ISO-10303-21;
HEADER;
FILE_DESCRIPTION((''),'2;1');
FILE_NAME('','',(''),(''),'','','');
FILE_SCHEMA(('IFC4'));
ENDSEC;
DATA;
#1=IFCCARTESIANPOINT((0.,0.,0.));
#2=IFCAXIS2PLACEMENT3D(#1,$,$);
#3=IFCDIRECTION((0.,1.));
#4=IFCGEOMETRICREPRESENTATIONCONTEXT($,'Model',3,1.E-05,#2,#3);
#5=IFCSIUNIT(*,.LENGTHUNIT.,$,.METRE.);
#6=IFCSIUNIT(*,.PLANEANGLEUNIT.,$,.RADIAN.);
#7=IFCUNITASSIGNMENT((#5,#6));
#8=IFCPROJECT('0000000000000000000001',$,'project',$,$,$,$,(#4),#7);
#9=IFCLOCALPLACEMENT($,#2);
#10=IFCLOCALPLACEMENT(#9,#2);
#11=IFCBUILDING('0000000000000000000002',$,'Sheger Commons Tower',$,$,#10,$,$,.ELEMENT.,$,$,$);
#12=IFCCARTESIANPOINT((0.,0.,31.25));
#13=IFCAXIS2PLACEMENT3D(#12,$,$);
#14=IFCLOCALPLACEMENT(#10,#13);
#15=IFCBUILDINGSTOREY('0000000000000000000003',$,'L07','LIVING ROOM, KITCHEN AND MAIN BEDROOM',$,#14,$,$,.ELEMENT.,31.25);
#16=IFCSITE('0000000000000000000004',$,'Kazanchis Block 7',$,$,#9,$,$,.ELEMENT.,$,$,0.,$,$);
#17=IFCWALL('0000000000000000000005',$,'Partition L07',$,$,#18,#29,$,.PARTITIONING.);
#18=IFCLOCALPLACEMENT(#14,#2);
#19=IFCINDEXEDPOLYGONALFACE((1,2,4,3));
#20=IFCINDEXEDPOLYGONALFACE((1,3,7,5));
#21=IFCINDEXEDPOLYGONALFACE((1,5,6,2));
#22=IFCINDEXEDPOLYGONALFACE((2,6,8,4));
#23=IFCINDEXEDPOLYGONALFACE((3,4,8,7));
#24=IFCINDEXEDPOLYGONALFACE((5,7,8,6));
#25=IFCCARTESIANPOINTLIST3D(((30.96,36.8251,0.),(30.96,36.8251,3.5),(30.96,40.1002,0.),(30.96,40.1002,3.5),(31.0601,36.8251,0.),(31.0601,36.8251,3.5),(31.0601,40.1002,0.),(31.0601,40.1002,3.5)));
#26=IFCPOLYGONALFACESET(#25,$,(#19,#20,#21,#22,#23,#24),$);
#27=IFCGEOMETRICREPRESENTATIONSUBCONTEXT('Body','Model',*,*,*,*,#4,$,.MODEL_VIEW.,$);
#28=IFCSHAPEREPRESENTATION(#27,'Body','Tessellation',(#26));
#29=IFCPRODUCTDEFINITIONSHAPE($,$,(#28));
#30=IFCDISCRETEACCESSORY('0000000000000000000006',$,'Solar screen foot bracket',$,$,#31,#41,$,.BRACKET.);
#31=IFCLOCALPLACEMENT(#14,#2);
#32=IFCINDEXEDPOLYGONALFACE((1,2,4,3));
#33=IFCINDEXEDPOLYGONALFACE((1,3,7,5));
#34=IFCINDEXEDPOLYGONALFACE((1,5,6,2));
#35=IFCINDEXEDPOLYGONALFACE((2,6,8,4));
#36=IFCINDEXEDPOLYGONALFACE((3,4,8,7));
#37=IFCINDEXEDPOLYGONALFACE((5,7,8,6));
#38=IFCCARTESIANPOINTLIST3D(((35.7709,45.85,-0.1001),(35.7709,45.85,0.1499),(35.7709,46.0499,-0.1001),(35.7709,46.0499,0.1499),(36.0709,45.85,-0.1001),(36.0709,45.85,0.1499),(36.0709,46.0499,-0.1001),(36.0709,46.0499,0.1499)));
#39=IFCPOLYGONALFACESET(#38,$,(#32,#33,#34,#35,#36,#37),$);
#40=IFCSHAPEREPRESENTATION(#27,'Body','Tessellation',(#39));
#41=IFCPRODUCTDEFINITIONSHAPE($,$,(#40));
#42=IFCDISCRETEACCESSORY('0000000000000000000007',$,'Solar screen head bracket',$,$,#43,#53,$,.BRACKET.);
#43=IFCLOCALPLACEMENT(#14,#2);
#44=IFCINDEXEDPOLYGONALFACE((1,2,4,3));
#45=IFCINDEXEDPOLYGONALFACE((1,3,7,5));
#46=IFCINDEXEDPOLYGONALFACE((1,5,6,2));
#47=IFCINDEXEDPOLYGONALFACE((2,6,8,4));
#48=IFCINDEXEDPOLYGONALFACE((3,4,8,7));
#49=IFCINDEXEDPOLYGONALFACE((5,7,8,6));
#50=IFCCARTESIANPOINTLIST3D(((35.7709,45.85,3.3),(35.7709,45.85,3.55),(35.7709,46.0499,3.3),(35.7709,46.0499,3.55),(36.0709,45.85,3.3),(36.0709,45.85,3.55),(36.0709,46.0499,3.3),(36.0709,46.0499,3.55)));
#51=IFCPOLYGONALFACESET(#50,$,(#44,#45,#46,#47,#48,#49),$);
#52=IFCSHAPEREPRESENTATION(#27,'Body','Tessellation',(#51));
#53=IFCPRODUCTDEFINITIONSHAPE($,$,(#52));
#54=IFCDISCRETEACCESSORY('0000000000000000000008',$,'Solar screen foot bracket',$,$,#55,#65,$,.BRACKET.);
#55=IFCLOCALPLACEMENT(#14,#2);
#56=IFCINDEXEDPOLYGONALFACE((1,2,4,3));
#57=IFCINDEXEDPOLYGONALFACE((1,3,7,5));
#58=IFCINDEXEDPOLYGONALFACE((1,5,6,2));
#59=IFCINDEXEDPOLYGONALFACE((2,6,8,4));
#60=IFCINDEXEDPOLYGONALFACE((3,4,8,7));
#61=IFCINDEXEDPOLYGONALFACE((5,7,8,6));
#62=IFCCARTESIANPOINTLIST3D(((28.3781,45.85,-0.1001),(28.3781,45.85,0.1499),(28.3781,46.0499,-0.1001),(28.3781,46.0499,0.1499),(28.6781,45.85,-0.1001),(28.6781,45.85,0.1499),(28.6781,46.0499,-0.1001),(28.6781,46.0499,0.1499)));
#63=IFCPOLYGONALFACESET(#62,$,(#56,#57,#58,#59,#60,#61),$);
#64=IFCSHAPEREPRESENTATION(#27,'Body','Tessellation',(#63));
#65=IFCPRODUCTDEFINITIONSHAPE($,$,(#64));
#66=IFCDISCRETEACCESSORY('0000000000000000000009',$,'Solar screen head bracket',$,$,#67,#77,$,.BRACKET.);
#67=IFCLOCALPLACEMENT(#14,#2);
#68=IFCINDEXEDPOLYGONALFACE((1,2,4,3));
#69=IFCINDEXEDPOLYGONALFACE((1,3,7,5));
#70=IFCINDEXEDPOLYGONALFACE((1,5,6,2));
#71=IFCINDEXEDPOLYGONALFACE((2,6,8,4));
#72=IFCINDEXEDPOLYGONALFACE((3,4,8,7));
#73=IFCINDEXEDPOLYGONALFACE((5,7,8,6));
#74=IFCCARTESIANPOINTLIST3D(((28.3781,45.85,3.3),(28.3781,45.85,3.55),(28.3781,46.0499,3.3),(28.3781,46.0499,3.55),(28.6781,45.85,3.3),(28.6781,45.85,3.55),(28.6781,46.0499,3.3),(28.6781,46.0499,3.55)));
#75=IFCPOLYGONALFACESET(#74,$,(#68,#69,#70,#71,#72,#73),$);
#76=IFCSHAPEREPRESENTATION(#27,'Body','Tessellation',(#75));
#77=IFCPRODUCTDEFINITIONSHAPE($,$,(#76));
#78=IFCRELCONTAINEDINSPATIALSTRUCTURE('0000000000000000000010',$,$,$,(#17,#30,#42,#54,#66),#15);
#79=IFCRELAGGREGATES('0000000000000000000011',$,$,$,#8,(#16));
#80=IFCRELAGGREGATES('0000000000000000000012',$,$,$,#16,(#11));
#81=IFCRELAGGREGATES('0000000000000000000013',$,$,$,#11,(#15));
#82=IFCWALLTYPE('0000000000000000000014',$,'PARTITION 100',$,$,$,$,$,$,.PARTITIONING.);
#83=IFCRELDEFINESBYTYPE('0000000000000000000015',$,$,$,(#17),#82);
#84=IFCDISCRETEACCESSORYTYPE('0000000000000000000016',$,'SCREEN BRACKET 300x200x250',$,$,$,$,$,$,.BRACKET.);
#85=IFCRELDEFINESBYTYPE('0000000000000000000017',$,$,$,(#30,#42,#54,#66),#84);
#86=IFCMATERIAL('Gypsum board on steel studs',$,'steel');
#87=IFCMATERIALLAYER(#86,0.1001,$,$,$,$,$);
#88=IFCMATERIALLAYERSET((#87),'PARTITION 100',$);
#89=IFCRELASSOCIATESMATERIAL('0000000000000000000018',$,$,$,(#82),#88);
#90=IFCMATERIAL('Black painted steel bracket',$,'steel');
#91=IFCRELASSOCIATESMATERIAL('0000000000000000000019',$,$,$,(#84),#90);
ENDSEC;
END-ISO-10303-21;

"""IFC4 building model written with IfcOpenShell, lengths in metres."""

from ifc_helpers import new_model, si_unit, direction, frame, frame_2d, origin, origin_2d, place, context, subcontext, project, spatial, rectangle, extrude, material, layer, layer_set, type_object, element, save


model = new_model("IFC4")

# Units and contexts
model_context = context("Model", 3, precision=1e-05, world=origin(), true_north=direction((0.0, 1.0)))
body_context = subcontext(model_context, "Body", "Model", "MODEL_VIEW")
ifc_project = project(units=[si_unit("LENGTHUNIT", "METRE"), si_unit("PLANEANGLEUNIT", "RADIAN")], contexts=[model_context])

# Site, building, storey
site_placement = place(None, origin())
site = spatial("IfcSite", under=ifc_project, at=site_placement, Name="Kazanchis Block 7", CompositionType="ELEMENT", RefElevation=0.0)
building_placement = place(site_placement, origin())
building = spatial("IfcBuilding", under=site, at=building_placement, Name="Sheger Commons Tower", CompositionType="ELEMENT")
storey_placement = place(building_placement, frame((0.0, 0.0, 31.25)))
storey = spatial("IfcBuildingStorey", under=building, at=storey_placement, Name="L07", Description="LIVING ROOM, KITCHEN AND MAIN BEDROOM", CompositionType="ELEMENT", Elevation=31.25)

# Shared definitions
ifc_material_1 = material(Name="Gypsum board on steel studs", Category="steel")
ifc_layer_1 = layer(ifc_material_1, 0.1001)
ifc_layer_set_1 = layer_set([ifc_layer_1], Name="PARTITION 100")
wall_type_1 = type_object("IfcWallType", Name="PARTITION 100", PredefinedType="PARTITIONING", material=ifc_layer_set_1)

# Wall
for number, where, z_axis, x_axis, name in (
    (1, (31.01, 36.825, 0.0), (0.0, 0.0, 1.0), (0.0, 1.0, 0.0), "Partition L07"),
):
    element("IfcWall", number, at=place(storey_placement, frame(where, z_axis=z_axis, x_axis=x_axis)), inside=storey, type_object=wall_type_1, Name=name, PredefinedType="PARTITIONING", context=body_context, shape_type="SweptSolid", body=[
        extrude(rectangle(XDim=3.2751, YDim=0.1001, at=frame_2d((1.6377, 0.0))), origin(), (0.0, 0.0, 1.0), 3.5),
    ])

# Discrete accessories
ifc_material_2 = material(Name="Black painted steel bracket", Category="steel")
discrete_accessory_type = type_object("IfcDiscreteAccessoryType", Name="SCREEN BRACKET 300x200x250", PredefinedType="BRACKET", material=ifc_material_2)
for number, where, z_axis, x_axis, name in (
    (2, (35.9209, 45.95, -0.1001), (0.0, 0.0, 1.0), (-1.0, 0.0, 0.0), "Solar screen foot bracket"),
    (3, (35.9209, 45.95, 3.3), (0.0, 0.0, 1.0), (-1.0, 0.0, 0.0), "Solar screen head bracket"),
    (4, (28.5281, 45.95, -0.1001), (0.0, 0.0, 1.0), (-1.0, 0.0, 0.0), "Solar screen foot bracket"),
    (5, (28.5281, 45.95, 3.3), (0.0, 0.0, 1.0), (-1.0, 0.0, 0.0), "Solar screen head bracket"),
):
    element("IfcDiscreteAccessory", number, at=place(storey_placement, frame(where, z_axis=z_axis, x_axis=x_axis)), inside=storey, type_object=discrete_accessory_type, Name=name, PredefinedType="BRACKET", context=body_context, shape_type="SweptSolid", body=[
        extrude(rectangle(XDim=0.3, YDim=0.2, at=origin_2d()), origin(), (0.0, 0.0, 1.0), 0.25),
    ])

save(model, "model.ifc")
